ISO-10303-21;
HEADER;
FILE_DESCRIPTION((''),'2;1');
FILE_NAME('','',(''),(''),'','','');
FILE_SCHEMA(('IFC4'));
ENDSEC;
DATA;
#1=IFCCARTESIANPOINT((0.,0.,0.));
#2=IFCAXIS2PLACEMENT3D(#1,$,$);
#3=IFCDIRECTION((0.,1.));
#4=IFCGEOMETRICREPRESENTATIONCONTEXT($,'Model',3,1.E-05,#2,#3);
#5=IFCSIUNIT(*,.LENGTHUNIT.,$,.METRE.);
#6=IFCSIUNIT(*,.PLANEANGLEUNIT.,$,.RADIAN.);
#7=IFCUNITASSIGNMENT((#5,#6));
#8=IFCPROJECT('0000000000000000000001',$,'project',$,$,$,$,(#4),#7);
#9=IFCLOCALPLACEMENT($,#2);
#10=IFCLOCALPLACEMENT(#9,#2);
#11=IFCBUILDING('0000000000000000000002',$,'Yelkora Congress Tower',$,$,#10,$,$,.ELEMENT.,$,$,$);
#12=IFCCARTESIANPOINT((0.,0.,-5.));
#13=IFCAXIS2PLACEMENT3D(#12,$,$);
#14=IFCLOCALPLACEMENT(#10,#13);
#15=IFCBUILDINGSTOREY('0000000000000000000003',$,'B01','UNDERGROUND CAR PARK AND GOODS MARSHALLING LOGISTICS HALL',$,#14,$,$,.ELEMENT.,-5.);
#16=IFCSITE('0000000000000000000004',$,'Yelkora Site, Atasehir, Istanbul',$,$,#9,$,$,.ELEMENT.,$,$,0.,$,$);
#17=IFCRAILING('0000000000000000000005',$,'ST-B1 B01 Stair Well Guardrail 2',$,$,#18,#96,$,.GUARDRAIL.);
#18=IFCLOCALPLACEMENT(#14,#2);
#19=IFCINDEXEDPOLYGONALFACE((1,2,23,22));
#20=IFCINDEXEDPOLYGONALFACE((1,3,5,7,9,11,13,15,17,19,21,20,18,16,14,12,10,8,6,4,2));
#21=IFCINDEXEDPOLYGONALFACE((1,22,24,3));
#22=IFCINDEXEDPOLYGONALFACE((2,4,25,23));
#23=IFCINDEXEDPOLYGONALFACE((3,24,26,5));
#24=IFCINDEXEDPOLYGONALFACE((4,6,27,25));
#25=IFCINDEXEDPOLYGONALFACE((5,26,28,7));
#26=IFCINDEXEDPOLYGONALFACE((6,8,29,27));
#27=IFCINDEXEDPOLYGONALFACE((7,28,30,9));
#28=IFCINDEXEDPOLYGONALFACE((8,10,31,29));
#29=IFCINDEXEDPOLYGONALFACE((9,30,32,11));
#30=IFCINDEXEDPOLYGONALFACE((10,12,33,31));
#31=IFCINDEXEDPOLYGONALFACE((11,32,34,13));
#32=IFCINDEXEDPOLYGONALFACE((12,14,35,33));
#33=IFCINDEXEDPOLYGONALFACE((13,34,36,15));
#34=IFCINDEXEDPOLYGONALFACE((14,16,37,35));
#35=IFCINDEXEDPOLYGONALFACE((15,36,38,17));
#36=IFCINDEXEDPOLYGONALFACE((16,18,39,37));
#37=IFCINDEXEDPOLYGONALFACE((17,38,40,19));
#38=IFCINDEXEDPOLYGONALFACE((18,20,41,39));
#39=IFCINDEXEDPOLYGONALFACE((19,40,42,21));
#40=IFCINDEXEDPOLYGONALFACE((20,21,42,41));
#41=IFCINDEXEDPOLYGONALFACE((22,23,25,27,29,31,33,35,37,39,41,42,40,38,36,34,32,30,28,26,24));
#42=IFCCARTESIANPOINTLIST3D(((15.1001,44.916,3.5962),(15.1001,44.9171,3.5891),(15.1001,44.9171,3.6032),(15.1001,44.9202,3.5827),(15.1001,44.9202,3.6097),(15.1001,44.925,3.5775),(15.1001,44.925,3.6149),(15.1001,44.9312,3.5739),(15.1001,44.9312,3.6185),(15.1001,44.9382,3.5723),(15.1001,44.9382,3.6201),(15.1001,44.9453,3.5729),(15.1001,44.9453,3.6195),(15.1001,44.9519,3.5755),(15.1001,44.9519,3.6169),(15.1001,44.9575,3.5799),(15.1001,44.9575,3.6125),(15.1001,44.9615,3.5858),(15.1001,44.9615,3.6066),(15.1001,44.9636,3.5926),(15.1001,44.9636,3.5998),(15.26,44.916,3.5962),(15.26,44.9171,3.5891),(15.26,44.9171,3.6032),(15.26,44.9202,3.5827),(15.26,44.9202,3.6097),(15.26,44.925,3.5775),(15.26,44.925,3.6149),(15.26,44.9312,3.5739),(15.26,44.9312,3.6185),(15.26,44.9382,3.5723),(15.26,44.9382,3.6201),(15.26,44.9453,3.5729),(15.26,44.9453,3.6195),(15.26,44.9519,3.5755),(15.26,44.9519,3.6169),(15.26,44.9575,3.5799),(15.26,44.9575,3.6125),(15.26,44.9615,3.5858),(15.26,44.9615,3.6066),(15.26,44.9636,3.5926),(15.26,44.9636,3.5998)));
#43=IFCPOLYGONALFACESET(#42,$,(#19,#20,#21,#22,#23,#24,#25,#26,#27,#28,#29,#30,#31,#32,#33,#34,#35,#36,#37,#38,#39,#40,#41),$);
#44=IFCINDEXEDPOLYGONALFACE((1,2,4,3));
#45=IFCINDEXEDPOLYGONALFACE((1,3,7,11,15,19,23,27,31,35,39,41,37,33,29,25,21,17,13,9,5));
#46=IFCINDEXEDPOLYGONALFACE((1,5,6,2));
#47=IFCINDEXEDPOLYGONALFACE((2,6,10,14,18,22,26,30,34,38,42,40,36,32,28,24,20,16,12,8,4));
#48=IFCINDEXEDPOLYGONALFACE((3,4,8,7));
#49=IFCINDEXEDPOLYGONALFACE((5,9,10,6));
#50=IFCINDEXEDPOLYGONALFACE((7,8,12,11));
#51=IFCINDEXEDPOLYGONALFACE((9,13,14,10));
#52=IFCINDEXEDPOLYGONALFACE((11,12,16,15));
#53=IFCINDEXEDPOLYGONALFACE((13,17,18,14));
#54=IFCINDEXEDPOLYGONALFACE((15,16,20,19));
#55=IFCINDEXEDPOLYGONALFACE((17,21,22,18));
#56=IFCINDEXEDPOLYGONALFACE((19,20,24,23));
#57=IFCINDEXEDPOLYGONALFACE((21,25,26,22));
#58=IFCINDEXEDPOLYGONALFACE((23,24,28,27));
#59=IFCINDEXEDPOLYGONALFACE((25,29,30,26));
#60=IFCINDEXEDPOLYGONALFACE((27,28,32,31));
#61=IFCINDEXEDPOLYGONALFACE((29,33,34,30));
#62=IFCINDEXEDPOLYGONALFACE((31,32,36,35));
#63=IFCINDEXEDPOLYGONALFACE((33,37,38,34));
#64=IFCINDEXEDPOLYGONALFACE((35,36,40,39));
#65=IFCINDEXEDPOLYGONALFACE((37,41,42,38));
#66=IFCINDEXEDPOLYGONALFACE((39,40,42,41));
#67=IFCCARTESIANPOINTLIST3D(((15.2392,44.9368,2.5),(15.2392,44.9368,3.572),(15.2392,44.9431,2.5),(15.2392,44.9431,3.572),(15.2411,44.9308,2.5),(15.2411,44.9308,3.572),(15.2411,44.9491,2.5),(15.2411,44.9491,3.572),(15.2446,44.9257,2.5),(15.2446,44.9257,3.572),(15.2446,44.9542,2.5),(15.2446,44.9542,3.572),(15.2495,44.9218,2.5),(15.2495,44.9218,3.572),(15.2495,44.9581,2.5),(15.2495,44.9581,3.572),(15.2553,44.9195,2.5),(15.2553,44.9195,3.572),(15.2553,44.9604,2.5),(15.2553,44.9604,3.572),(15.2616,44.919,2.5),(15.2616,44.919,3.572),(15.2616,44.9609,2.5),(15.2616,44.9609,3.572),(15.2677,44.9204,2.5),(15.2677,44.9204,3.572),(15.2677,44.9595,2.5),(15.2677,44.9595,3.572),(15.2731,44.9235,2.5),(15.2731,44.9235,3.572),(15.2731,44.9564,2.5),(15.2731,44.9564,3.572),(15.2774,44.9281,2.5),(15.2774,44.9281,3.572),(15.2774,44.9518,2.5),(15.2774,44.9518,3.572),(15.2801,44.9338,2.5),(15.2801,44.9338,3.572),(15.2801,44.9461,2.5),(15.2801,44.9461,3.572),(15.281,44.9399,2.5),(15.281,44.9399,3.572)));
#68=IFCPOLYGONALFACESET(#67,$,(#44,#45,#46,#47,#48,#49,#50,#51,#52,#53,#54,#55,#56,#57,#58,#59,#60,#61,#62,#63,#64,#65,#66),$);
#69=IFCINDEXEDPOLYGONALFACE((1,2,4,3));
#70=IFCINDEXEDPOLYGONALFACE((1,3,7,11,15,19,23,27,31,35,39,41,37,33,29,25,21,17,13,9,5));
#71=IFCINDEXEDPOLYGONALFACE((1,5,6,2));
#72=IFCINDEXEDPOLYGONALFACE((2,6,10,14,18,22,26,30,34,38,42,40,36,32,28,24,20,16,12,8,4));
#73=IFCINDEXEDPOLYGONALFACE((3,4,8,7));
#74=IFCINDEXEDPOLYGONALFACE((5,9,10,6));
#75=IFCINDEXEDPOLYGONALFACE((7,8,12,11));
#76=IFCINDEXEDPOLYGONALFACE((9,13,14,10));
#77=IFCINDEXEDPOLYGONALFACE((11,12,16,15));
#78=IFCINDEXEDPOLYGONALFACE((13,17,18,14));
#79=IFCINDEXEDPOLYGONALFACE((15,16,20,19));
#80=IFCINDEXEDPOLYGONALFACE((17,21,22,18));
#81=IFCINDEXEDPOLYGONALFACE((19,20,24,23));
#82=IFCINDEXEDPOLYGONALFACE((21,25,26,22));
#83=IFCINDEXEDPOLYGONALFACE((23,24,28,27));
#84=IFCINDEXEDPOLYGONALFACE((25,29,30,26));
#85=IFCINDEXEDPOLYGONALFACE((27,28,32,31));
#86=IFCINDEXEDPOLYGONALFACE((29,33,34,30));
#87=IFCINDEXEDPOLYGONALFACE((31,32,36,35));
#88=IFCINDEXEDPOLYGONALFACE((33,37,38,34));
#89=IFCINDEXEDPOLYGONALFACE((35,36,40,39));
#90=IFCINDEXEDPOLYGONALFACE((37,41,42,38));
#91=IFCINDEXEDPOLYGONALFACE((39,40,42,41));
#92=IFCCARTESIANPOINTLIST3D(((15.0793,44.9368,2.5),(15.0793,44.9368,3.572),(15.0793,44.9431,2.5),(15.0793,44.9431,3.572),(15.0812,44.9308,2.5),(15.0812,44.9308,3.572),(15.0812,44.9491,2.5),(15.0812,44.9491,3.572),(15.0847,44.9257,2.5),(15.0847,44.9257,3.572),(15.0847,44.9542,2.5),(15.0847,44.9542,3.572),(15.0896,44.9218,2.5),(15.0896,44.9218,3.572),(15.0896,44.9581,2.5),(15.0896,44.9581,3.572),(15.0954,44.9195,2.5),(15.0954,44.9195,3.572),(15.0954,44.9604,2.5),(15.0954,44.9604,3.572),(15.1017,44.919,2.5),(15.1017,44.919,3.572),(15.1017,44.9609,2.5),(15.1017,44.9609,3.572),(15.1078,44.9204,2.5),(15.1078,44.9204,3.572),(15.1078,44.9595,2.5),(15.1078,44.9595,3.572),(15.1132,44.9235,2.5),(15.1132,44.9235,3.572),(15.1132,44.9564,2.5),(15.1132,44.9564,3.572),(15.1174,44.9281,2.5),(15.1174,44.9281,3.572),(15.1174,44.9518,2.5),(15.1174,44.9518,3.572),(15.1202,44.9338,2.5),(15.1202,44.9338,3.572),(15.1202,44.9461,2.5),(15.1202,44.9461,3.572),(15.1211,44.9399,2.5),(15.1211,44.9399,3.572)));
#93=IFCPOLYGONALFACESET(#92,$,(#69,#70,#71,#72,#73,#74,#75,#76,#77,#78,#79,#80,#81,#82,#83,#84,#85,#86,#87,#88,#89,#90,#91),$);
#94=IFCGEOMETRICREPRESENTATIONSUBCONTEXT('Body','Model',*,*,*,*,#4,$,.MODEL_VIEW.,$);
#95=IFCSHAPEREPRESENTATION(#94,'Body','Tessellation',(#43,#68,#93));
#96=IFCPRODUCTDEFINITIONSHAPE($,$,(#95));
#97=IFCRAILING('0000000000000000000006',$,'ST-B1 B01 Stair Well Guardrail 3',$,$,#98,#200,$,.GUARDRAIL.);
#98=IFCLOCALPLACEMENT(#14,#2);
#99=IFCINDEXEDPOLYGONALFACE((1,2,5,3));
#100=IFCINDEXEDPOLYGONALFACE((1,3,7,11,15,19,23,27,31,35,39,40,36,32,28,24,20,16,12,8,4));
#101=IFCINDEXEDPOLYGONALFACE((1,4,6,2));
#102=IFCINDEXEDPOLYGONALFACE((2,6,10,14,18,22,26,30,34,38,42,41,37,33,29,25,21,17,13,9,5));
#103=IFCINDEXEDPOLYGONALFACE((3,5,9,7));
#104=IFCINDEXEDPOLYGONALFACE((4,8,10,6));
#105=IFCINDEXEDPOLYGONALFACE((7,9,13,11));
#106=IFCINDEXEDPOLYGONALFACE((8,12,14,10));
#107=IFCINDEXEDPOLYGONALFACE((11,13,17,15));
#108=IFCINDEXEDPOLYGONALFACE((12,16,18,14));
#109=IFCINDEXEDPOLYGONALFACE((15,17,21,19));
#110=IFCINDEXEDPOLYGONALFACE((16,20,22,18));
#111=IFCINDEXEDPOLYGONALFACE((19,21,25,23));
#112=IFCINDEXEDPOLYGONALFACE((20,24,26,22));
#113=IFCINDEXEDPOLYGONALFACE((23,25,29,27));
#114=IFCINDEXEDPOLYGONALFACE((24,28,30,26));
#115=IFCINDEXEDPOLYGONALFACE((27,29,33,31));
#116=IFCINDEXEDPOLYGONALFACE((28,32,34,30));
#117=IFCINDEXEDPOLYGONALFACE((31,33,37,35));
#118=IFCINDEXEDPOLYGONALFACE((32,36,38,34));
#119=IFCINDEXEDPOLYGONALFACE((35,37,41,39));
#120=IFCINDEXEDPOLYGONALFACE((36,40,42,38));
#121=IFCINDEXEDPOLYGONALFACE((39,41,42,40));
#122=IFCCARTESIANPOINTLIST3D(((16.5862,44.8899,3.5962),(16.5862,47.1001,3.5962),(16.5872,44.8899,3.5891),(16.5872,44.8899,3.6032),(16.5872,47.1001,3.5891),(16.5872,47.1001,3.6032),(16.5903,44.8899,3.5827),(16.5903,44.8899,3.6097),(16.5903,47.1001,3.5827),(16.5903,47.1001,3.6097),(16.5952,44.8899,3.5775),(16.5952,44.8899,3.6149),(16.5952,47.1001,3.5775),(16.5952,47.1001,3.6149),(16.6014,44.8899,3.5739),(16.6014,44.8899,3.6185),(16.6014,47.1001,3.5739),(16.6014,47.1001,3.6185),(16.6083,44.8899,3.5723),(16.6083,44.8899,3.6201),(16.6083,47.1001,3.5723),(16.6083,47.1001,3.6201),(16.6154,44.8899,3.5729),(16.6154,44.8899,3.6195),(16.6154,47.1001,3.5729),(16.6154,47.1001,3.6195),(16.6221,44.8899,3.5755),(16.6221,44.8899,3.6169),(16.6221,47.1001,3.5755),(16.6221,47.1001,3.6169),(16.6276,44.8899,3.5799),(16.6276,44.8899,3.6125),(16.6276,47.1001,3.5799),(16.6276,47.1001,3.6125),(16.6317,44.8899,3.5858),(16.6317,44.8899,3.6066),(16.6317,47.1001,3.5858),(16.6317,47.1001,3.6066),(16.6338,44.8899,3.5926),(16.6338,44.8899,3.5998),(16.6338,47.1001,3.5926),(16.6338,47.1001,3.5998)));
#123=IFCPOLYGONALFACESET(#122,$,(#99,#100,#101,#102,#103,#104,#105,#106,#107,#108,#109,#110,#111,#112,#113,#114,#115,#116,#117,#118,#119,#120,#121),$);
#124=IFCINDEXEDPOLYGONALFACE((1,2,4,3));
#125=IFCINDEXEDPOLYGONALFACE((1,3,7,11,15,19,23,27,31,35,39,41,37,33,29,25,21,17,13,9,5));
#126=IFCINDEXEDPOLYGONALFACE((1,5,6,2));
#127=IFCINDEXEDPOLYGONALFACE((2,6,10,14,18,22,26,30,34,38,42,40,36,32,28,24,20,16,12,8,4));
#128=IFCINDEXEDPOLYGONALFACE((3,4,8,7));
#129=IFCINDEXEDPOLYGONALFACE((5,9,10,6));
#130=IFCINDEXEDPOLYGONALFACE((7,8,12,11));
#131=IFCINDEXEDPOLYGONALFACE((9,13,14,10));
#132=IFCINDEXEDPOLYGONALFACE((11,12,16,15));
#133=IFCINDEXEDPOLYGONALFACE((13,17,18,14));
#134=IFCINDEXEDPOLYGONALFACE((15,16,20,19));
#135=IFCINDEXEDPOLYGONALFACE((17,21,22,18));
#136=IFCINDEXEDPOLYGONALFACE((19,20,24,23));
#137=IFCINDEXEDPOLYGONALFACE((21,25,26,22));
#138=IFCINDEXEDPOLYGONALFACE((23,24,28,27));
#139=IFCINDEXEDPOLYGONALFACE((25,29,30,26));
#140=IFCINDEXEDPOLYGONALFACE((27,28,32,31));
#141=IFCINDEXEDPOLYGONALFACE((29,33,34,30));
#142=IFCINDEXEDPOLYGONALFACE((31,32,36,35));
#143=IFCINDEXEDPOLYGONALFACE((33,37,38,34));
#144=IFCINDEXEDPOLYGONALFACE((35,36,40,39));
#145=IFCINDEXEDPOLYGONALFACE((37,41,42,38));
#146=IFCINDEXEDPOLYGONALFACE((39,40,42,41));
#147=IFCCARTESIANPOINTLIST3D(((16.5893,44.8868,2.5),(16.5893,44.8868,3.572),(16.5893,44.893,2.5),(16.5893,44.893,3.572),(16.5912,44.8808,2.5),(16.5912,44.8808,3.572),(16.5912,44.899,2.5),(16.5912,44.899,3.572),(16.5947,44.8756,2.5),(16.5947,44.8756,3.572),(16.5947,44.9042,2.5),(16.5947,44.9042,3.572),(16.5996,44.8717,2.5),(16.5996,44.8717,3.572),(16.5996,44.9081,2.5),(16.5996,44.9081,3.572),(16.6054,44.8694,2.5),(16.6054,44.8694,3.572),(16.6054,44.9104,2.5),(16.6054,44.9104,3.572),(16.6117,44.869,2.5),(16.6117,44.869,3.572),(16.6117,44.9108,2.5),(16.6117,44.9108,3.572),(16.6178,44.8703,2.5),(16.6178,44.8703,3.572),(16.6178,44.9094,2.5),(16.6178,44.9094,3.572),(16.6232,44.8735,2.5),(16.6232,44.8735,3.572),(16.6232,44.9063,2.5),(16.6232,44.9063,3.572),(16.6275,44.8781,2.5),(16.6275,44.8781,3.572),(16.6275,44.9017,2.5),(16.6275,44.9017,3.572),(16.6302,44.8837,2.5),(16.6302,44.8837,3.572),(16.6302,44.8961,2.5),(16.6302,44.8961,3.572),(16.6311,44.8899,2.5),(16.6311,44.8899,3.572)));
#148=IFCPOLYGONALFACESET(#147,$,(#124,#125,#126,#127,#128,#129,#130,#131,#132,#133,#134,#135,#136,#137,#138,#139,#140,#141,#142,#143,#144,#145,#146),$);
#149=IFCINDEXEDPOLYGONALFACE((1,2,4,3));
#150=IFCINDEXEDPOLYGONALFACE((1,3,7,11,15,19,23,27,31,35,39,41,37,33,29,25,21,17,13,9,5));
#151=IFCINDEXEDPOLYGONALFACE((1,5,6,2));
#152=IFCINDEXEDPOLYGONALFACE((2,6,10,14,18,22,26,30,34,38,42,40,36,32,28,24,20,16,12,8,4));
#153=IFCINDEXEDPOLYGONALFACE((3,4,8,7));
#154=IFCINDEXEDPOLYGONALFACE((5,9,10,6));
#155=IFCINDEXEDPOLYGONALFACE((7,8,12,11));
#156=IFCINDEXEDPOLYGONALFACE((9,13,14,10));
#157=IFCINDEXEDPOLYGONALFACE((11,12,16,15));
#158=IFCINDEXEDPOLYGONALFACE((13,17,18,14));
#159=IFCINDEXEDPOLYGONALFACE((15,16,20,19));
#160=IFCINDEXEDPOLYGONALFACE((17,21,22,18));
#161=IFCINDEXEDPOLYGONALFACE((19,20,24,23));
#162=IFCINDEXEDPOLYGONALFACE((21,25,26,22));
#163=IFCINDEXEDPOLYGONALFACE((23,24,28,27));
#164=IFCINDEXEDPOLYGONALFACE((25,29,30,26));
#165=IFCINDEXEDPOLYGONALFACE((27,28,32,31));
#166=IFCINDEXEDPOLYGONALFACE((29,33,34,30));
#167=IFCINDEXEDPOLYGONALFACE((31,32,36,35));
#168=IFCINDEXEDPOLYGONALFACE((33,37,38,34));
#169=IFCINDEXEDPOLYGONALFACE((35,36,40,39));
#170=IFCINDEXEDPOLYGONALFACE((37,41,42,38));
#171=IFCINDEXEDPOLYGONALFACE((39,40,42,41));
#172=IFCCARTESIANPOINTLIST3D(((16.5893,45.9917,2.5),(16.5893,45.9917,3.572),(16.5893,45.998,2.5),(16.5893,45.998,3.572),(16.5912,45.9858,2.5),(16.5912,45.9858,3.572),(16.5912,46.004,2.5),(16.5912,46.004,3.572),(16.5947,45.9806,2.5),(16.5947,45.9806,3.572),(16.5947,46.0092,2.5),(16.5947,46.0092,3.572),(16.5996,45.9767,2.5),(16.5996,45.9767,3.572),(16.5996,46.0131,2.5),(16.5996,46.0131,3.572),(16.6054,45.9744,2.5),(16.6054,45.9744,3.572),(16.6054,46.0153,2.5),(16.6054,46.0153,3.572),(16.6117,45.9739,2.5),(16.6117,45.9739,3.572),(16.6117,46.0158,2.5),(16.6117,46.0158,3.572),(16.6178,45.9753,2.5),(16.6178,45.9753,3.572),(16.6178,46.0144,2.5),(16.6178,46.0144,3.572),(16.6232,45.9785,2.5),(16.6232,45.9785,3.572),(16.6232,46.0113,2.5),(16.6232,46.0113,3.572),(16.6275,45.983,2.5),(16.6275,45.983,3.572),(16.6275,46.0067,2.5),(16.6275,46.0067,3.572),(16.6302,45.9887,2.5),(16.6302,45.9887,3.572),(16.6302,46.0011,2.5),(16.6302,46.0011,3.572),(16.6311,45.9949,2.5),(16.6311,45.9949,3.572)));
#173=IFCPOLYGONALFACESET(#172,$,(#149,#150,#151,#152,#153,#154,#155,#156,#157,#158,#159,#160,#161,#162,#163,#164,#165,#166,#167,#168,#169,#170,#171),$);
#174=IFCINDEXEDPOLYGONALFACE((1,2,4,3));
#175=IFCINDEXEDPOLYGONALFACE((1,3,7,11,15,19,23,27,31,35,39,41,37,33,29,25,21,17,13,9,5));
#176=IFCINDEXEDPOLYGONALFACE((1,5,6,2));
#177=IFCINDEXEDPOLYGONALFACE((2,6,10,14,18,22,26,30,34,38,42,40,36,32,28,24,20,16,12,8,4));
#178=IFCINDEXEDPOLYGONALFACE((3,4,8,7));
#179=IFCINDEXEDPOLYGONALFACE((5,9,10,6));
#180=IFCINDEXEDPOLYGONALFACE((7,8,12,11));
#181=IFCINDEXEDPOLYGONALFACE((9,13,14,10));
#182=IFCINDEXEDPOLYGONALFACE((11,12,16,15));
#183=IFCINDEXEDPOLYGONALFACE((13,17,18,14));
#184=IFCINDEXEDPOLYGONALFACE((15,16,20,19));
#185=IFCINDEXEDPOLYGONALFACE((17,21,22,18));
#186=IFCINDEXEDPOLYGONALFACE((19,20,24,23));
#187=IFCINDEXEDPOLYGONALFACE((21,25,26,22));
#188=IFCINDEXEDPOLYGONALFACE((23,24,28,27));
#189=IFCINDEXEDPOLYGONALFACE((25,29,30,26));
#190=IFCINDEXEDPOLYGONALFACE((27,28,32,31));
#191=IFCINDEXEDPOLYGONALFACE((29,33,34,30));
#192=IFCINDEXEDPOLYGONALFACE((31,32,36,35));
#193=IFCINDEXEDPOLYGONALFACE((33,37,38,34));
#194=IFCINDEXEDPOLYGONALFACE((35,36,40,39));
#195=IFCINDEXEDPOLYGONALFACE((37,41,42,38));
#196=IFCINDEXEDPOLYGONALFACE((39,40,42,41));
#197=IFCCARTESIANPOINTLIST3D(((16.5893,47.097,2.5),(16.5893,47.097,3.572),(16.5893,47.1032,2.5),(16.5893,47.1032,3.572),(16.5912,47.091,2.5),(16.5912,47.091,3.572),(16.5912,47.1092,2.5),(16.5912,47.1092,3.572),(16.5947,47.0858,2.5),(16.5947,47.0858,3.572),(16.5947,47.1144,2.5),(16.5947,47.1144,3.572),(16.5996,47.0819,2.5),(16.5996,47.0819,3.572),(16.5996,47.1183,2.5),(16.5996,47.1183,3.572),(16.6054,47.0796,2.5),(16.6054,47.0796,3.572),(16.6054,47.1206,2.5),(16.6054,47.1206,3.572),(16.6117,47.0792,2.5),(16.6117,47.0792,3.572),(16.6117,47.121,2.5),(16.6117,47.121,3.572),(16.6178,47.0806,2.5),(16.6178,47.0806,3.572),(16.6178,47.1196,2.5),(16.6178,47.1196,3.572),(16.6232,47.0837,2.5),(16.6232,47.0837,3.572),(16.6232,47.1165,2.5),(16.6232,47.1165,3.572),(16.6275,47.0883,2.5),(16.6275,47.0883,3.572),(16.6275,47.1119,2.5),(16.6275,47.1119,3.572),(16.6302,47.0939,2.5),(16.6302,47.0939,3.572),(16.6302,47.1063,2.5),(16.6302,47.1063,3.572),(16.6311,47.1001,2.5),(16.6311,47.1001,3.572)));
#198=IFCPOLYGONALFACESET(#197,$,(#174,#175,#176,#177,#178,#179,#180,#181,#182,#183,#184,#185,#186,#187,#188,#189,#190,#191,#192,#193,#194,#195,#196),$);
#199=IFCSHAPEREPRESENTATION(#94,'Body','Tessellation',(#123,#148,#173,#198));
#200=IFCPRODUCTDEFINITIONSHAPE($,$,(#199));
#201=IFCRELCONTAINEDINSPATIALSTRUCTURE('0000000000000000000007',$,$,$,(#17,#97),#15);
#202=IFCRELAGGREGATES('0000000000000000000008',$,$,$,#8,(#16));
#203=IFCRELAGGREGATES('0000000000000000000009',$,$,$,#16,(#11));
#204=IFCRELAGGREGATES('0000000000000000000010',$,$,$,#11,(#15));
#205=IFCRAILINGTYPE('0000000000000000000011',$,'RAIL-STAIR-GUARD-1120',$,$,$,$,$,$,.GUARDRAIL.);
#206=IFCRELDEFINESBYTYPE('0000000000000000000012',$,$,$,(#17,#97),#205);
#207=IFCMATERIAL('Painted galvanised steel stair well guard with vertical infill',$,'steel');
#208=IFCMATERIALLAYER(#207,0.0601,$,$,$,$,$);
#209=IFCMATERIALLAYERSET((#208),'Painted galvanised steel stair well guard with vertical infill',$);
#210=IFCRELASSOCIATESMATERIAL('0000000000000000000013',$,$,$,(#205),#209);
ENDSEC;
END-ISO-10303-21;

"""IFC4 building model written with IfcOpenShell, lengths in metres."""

from ifc_helpers import new_model, si_unit, direction, frame, origin, origin_2d, place, context, subcontext, project, spatial, circle, extrude, material, layer, layer_set, type_object, element, save


model = new_model("IFC4")

# Units and contexts
model_context = context("Model", 3, precision=1e-05, world=origin(), true_north=direction((0.0, 1.0)))
body_context = subcontext(model_context, "Body", "Model", "MODEL_VIEW")
ifc_project = project(units=[si_unit("LENGTHUNIT", "METRE"), si_unit("PLANEANGLEUNIT", "RADIAN")], contexts=[model_context])

# Site, building, storey
site_placement = place(None, origin())
site = spatial("IfcSite", under=ifc_project, at=site_placement, Name="Yelkora Site, Atasehir, Istanbul", CompositionType="ELEMENT", RefElevation=0.0)
building_placement = place(site_placement, origin())
building = spatial("IfcBuilding", under=site, at=building_placement, Name="Yelkora Congress Tower", CompositionType="ELEMENT")
storey_placement = place(building_placement, frame((0.0, 0.0, -5.0)))
storey = spatial("IfcBuildingStorey", under=building, at=storey_placement, Name="B01", Description="UNDERGROUND CAR PARK AND GOODS MARSHALLING LOGISTICS HALL", CompositionType="ELEMENT", Elevation=-5.0)

# Railings
ifc_material_1 = material(Name="Painted galvanised steel stair well guard with vertical infill", Category="steel")
ifc_layer_1 = layer(ifc_material_1, 0.0601)
ifc_layer_set_1 = layer_set([ifc_layer_1], Name="Painted galvanised steel stair well guard with vertical infill")
railing_type_1 = type_object("IfcRailingType", Name="RAIL-STAIR-GUARD-1120", PredefinedType="GUARDRAIL", material=ifc_layer_set_1)
railing_1_placement = place(storey_placement, frame((15.26, 44.9399, 2.5)))
element("IfcRailing", 1, at=railing_1_placement, inside=storey, type_object=railing_type_1, Name="ST-B1 B01 Stair Well Guardrail 2", PredefinedType="GUARDRAIL", context=body_context, shape_type="SweptSolid", body=[
    extrude(circle(Radius=0.0239, at=origin_2d()), frame((0.0, 0.0, 1.0962), z_axis=(-1.0, 0.0, 0.0), x_axis=(0.0, -1.0, 0.0)), (0.0, 0.0, 1.0), 0.1599),
    extrude(circle(Radius=0.021, at=origin_2d()), origin(), (0.0, 0.0, 1.0), 1.072),
    extrude(circle(Radius=0.021, at=origin_2d()), frame((-0.1599, 0.0, 0.0)), (0.0, 0.0, 1.0), 1.072),
])
for number, where, name in (
    (2, (16.6101, 44.8899, 2.5), "ST-B1 B01 Stair Well Guardrail 3"),
):
    element("IfcRailing", number, at=place(storey_placement, frame(where)), inside=storey, type_object=railing_type_1, Name=name, PredefinedType="GUARDRAIL", context=body_context, shape_type="SweptSolid", body=[
        extrude(circle(Radius=0.0239, at=origin_2d()), frame((0.0, 0.0, 1.0962), z_axis=(0.0, 1.0, 0.0), x_axis=(-1.0, 0.0, 0.0)), (0.0, 0.0, 1.0), 2.2102),
        extrude(circle(Radius=0.021, at=origin_2d()), origin(), (0.0, 0.0, 1.0), 1.072),
        extrude(circle(Radius=0.021, at=origin_2d()), frame((0.0, 1.105, 0.0)), (0.0, 0.0, 1.0), 1.072),
        extrude(circle(Radius=0.021, at=origin_2d()), frame((0.0, 2.2102, 0.0)), (0.0, 0.0, 1.0), 1.072),
    ])

save(model, "model.ifc")
